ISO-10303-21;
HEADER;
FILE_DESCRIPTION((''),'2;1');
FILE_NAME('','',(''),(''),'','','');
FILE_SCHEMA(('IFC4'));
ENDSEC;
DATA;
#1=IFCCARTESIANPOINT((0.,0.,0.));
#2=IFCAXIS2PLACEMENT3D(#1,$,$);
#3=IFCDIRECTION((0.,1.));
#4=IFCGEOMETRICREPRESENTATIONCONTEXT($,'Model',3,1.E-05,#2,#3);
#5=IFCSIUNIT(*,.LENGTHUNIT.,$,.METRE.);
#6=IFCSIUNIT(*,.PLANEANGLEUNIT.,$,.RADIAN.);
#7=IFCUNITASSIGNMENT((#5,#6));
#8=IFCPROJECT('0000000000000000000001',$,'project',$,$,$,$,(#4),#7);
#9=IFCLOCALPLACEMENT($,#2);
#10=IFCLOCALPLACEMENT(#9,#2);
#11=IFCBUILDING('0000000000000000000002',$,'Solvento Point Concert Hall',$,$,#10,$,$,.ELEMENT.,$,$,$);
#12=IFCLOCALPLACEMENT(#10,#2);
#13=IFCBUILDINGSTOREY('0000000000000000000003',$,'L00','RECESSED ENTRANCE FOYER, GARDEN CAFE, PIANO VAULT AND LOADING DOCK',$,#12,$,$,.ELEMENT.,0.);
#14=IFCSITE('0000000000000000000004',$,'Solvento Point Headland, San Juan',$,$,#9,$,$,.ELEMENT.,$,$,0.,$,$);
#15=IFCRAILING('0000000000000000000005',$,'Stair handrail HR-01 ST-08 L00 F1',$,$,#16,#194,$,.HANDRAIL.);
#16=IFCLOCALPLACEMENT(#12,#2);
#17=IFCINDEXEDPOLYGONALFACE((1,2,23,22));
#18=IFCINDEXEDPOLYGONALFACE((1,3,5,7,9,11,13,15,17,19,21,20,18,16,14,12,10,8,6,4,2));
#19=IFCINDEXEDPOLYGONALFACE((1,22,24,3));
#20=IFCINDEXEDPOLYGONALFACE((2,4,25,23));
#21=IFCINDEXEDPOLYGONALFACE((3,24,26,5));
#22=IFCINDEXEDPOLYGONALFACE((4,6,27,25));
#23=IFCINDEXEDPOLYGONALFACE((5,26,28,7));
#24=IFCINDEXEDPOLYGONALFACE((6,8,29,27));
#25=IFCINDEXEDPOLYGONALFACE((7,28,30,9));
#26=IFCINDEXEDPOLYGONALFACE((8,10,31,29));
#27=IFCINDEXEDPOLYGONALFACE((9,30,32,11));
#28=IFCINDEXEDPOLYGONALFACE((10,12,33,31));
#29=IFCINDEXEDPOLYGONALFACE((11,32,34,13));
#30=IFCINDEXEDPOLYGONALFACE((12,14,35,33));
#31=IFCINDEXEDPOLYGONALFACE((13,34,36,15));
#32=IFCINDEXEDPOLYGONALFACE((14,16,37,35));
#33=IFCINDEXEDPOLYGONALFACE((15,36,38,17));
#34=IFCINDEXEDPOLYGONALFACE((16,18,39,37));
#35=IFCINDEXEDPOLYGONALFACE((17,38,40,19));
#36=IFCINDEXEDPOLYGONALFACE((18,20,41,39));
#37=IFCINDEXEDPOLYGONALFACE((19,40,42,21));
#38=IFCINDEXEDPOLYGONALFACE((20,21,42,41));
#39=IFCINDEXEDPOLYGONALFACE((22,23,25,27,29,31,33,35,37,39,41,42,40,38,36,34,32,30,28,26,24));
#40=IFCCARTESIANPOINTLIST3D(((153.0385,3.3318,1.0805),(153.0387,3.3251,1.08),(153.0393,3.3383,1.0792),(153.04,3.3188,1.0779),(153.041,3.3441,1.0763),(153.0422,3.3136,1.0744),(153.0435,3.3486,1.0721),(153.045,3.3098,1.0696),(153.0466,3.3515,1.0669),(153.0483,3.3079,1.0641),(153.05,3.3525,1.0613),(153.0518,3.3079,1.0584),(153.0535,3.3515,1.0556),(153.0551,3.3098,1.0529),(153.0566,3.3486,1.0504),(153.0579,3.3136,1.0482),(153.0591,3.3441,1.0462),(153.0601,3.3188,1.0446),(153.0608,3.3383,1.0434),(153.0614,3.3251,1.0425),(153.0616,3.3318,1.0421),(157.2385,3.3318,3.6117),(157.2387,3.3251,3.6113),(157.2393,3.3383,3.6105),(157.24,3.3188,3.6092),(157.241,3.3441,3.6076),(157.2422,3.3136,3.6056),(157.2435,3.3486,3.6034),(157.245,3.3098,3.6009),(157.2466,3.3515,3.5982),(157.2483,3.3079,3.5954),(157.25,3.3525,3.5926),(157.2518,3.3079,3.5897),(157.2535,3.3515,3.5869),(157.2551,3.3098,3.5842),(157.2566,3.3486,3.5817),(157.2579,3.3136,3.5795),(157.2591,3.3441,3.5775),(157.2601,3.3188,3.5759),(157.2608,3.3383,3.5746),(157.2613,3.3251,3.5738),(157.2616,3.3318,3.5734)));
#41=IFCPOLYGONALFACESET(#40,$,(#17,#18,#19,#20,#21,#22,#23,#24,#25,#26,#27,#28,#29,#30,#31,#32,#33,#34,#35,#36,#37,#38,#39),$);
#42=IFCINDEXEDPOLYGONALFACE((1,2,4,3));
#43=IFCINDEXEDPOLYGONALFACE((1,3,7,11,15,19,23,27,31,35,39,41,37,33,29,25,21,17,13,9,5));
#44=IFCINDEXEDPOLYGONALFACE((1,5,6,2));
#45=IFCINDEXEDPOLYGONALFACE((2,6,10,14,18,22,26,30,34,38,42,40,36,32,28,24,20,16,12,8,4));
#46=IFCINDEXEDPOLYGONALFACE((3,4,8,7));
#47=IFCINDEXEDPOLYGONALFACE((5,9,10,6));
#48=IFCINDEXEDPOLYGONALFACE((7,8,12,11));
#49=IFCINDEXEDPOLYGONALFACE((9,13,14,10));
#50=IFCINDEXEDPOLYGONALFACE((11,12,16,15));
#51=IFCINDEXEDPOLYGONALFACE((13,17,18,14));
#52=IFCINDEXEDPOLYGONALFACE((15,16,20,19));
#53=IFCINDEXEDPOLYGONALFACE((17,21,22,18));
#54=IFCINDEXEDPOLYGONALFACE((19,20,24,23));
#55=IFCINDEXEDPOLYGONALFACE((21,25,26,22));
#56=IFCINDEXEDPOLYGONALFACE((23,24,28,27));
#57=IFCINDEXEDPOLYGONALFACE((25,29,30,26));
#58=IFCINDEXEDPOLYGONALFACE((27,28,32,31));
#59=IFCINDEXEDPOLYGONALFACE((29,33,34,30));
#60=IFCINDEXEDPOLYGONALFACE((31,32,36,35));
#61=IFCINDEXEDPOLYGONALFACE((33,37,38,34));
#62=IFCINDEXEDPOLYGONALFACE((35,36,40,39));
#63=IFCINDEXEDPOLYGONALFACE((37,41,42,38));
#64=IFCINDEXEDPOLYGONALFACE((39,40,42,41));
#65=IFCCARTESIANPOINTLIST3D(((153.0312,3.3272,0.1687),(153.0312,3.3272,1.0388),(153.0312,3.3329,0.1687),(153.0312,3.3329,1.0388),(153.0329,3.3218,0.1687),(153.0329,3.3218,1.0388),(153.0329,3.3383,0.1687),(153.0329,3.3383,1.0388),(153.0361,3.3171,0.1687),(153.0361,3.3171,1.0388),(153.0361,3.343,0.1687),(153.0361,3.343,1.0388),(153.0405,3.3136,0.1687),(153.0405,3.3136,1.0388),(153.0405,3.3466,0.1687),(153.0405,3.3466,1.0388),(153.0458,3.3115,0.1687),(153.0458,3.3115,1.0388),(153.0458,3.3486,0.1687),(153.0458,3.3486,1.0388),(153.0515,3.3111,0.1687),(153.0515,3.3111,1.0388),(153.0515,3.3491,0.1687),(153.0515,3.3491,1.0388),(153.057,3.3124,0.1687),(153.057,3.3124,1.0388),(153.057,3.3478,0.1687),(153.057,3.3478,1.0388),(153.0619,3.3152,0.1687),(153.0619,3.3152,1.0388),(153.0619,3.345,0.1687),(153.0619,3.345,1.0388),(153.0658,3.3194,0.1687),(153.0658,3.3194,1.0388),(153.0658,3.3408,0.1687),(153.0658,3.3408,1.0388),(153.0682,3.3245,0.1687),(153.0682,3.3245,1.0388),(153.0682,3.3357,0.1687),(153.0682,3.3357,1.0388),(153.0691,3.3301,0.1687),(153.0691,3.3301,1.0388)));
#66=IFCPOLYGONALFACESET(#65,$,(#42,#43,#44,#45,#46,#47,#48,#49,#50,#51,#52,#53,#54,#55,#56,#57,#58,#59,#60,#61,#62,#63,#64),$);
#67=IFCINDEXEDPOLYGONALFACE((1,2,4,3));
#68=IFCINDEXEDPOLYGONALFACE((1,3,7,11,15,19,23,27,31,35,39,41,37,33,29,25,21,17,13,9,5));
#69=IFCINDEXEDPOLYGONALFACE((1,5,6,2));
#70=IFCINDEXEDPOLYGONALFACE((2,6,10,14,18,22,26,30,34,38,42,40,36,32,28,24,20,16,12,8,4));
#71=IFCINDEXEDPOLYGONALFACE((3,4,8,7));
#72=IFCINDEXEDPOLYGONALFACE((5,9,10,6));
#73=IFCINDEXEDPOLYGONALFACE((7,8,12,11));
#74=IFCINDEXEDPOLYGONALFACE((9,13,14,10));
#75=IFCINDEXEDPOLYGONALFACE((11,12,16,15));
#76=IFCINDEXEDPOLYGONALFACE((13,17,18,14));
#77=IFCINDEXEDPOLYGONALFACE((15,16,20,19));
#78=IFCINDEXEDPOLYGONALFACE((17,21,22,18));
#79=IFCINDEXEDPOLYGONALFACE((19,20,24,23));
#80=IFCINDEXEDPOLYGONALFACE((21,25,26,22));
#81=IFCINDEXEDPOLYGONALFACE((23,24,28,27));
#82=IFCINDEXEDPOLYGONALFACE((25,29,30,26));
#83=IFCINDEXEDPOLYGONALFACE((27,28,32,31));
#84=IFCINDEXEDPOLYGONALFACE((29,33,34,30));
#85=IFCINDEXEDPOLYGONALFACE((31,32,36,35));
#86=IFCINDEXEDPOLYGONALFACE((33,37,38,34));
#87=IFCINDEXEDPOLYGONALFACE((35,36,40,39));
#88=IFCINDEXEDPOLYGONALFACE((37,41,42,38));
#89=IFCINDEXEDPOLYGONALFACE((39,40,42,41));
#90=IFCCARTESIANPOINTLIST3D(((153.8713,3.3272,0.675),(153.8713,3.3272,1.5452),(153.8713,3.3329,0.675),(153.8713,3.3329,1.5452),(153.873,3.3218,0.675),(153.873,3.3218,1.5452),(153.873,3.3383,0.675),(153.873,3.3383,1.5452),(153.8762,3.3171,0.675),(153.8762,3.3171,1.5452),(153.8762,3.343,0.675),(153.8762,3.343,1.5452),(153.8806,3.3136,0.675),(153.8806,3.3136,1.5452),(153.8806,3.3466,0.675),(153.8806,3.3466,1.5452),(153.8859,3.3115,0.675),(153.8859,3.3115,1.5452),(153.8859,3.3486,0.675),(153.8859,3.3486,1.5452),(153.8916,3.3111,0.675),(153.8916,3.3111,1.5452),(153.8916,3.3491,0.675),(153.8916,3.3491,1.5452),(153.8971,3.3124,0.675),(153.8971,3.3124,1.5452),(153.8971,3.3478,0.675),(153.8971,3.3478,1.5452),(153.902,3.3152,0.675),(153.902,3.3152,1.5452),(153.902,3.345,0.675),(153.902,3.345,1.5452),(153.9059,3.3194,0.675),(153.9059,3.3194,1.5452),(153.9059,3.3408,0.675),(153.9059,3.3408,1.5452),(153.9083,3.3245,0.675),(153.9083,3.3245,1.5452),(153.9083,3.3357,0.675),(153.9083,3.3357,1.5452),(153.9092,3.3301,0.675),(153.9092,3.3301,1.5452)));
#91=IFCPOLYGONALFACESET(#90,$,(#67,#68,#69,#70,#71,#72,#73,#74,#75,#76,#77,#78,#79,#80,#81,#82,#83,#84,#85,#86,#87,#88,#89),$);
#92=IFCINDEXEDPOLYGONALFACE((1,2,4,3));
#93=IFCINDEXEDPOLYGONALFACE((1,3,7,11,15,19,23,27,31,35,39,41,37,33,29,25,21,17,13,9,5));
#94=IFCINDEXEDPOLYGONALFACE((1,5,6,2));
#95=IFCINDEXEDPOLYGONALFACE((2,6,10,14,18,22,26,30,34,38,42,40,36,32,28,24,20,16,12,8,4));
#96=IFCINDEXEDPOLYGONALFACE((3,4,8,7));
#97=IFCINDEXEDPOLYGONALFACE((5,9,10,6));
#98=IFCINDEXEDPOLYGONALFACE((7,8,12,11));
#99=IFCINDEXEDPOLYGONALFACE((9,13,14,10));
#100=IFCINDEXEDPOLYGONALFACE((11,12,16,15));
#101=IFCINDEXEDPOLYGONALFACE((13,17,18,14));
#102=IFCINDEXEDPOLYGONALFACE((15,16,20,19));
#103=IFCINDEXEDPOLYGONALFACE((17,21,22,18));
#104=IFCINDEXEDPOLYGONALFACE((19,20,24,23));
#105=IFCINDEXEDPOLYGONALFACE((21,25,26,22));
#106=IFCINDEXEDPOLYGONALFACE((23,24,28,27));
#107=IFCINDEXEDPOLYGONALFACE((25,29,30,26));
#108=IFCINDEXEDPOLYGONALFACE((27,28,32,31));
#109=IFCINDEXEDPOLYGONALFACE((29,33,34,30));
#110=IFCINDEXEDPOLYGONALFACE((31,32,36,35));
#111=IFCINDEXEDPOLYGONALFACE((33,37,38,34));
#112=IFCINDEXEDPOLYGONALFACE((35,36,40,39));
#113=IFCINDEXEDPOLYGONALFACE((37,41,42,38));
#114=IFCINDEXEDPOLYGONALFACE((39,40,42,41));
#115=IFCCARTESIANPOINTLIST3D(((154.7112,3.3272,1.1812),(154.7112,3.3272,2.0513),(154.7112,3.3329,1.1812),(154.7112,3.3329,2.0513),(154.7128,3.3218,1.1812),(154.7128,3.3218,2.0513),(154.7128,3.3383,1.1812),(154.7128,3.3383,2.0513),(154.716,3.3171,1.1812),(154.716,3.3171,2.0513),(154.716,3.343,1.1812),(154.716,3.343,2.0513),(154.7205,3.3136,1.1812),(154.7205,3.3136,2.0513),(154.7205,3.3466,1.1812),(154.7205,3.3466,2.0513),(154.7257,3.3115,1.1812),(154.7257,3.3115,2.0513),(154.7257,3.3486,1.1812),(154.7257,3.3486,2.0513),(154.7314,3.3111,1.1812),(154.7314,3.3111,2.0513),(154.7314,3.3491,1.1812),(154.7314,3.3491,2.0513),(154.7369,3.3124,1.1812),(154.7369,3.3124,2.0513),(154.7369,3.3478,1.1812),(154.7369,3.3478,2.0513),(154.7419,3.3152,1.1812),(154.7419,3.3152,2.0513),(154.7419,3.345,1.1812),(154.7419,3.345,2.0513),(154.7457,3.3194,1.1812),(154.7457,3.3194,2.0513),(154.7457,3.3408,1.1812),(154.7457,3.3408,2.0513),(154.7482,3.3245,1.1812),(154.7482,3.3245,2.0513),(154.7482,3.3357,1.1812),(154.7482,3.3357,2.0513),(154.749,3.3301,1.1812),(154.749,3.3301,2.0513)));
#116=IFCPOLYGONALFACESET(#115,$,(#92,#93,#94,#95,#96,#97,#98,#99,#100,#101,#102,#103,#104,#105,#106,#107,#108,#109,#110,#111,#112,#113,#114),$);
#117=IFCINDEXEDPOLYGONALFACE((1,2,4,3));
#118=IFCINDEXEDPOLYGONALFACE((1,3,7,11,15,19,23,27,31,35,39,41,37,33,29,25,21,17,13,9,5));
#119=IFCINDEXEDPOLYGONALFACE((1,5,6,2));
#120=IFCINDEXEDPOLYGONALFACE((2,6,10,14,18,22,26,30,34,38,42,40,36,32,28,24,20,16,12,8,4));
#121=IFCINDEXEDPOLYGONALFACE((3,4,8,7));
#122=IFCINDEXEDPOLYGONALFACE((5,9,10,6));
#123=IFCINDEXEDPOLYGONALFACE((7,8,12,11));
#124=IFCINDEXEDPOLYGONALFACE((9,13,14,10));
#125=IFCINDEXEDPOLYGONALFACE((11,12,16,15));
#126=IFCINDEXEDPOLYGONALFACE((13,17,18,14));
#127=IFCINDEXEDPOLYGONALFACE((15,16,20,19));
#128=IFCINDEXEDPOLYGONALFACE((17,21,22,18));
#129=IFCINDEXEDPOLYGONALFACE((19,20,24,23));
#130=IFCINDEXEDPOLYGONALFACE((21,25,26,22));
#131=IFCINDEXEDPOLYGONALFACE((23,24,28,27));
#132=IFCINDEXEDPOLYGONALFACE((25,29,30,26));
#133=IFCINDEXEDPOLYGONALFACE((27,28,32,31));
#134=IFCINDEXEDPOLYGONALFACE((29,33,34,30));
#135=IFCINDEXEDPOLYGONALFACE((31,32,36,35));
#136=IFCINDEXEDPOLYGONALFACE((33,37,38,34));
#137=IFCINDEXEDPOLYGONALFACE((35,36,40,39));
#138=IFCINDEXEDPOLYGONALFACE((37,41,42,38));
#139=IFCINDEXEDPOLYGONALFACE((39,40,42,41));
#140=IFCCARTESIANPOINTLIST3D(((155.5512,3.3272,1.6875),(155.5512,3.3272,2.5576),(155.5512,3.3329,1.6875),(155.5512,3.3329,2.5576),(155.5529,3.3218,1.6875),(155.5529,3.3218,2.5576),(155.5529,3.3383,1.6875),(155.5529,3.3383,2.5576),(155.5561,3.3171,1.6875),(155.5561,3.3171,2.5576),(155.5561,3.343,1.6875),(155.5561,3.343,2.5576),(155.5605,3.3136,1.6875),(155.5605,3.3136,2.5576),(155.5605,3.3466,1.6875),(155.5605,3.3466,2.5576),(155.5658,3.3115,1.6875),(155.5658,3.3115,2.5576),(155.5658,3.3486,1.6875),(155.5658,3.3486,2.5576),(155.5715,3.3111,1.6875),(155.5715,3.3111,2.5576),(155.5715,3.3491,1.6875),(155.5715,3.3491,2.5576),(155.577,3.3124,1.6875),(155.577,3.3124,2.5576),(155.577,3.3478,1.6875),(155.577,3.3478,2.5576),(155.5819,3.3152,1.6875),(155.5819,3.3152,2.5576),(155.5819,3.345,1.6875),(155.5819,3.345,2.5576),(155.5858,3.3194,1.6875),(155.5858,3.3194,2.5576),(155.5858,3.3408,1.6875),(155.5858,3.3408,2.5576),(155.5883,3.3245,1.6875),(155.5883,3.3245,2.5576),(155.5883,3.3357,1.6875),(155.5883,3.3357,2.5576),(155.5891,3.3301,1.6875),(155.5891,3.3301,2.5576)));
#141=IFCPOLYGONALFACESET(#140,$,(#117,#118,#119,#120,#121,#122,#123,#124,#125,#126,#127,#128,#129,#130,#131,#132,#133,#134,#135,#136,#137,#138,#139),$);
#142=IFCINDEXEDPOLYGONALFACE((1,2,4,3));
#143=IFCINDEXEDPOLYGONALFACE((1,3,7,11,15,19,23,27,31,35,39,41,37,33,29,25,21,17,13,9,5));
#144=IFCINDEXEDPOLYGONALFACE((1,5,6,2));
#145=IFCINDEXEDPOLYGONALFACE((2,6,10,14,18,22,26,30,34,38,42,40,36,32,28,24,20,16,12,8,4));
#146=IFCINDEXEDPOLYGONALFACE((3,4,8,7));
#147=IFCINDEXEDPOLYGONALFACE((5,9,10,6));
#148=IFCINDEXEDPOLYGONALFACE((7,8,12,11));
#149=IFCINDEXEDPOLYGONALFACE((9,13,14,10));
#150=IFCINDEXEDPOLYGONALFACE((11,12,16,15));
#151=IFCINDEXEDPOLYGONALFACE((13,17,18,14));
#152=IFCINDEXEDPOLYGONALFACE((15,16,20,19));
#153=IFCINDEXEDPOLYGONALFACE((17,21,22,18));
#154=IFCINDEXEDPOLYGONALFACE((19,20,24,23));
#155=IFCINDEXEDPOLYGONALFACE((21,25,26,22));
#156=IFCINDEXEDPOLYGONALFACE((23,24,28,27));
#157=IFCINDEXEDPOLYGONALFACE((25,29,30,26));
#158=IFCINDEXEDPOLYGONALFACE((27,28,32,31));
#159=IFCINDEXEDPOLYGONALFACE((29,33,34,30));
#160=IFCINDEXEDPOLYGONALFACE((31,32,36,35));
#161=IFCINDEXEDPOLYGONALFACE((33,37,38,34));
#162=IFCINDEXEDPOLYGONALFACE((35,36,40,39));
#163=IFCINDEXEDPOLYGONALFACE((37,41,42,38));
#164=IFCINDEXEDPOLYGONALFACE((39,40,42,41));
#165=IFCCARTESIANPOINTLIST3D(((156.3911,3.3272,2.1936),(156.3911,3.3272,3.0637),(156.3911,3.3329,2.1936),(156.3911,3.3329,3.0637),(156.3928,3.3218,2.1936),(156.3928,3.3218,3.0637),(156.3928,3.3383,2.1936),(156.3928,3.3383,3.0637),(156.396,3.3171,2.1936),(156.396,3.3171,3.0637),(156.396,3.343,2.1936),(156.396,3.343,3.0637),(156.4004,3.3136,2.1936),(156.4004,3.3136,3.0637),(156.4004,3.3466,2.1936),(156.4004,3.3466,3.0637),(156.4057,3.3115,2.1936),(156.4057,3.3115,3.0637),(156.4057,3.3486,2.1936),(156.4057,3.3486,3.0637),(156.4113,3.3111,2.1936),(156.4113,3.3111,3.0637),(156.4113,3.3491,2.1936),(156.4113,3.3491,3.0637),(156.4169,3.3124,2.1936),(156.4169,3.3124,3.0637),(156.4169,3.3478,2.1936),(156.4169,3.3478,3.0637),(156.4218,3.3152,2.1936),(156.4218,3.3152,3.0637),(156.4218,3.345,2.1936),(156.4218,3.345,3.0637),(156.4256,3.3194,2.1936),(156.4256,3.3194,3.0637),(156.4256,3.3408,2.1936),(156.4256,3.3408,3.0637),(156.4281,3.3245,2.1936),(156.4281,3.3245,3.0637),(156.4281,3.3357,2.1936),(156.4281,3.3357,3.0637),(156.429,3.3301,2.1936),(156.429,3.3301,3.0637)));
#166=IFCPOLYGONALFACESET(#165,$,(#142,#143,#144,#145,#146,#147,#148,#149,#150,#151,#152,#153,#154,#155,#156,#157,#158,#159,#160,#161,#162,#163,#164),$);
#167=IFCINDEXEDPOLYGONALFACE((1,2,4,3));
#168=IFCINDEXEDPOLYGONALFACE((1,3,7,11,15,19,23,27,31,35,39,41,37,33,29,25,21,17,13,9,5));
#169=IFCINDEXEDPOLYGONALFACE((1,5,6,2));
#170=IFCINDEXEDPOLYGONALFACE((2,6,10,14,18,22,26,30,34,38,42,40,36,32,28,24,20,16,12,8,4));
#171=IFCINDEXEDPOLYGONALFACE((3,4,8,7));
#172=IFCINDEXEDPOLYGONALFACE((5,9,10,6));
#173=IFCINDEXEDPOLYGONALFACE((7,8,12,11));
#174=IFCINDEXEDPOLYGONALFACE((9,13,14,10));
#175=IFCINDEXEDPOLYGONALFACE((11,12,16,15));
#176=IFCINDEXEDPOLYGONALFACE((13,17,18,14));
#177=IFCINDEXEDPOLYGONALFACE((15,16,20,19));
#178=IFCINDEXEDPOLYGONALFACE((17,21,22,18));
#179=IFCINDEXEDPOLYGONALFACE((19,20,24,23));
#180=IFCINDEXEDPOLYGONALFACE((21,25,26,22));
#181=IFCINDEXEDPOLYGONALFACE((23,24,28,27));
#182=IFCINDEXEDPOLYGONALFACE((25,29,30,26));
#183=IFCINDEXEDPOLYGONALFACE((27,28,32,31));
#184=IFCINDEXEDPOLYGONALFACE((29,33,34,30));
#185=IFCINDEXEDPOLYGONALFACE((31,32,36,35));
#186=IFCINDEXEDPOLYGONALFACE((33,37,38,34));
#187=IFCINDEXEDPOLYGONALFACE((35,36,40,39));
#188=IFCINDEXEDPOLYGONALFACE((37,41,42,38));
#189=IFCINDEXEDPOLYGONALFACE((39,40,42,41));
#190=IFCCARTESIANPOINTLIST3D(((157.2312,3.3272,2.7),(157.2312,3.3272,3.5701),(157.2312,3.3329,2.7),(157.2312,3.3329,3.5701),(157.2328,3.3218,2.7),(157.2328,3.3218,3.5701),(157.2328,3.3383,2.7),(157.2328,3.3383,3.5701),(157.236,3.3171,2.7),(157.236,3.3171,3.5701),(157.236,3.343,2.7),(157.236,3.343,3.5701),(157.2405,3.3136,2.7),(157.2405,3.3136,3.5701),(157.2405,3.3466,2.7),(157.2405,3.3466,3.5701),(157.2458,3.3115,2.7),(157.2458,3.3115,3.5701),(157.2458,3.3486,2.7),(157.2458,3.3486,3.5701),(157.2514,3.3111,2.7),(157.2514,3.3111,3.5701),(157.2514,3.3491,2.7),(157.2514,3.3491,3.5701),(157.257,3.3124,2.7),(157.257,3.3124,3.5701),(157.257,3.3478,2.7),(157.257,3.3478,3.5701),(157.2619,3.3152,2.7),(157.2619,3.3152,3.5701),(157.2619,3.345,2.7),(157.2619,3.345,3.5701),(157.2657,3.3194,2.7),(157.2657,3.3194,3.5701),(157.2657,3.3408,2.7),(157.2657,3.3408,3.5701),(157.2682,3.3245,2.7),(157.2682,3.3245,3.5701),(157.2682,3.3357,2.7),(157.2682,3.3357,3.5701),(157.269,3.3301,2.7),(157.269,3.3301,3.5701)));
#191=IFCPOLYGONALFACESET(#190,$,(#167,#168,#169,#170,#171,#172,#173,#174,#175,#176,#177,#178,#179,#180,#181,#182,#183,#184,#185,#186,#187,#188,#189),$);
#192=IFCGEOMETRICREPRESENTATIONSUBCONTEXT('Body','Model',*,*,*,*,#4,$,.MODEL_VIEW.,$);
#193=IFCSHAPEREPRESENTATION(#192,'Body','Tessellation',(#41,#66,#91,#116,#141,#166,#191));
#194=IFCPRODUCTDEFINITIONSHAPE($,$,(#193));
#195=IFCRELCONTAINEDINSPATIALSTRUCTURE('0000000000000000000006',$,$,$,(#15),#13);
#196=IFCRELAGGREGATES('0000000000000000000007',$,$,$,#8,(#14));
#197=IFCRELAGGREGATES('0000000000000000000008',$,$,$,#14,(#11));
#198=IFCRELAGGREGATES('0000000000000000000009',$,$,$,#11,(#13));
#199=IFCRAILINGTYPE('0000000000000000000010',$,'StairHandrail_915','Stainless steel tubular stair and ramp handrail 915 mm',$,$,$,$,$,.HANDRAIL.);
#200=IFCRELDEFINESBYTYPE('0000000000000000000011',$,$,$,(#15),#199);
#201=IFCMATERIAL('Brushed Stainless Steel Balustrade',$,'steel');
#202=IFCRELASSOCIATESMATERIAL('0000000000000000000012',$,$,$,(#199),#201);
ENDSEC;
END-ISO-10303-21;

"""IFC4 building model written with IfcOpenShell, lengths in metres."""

from ifc_helpers import new_model, si_unit, direction, frame, origin, origin_2d, place, context, subcontext, project, spatial, circle, extrude, material, type_object, element, save


model = new_model("IFC4")

# Units and contexts
model_context = context("Model", 3, precision=1e-05, world=origin(), true_north=direction((0.0, 1.0)))
body_context = subcontext(model_context, "Body", "Model", "MODEL_VIEW")
ifc_project = project(units=[si_unit("LENGTHUNIT", "METRE"), si_unit("PLANEANGLEUNIT", "RADIAN")], contexts=[model_context])

# Site, building, storey
site_placement = place(None, origin())
site = spatial("IfcSite", under=ifc_project, at=site_placement, Name="Solvento Point Headland, San Juan", CompositionType="ELEMENT", RefElevation=0.0)
building_placement = place(site_placement, origin())
building = spatial("IfcBuilding", under=site, at=building_placement, Name="Solvento Point Concert Hall", CompositionType="ELEMENT")
storey_placement = place(building_placement, origin())
storey = spatial("IfcBuildingStorey", under=building, at=storey_placement, Name="L00", Description="RECESSED ENTRANCE FOYER, GARDEN CAFE, PIANO VAULT AND LOADING DOCK", CompositionType="ELEMENT", Elevation=0.0)

# Railing
ifc_material_1 = material(Name="Brushed Stainless Steel Balustrade", Category="steel")
railing_type_1 = type_object("IfcRailingType", Name="StairHandrail_915", Description="Stainless steel tubular stair and ramp handrail 915 mm", PredefinedType="HANDRAIL", material=ifc_material_1)
railing_1_placement = place(storey_placement, frame((153.05, 3.3301, 0.1687)))
element("IfcRailing", 1, at=railing_1_placement, inside=storey, type_object=railing_type_1, Name="Stair handrail HR-01 ST-08 L00 F1", PredefinedType="HANDRAIL", context=body_context, shape_type="SweptSolid", body=[
    extrude(circle(Radius=0.0225, at=origin_2d()), frame((0.0, 0.0, 0.8926), z_axis=(0.856476, 0.0, 0.516186), x_axis=(0.0, 1.0, 0.0)), (0.0, 0.0, 1.0), 4.9038),
    extrude(circle(Radius=0.019, at=origin_2d()), origin(), (0.0, 0.0, 1.0), 0.8701),
    extrude(circle(Radius=0.019, at=origin_2d()), frame((0.8401, 0.0, 0.5063)), (0.0, 0.0, 1.0), 0.8701),
    extrude(circle(Radius=0.019, at=origin_2d()), frame((1.6799, 0.0, 1.0125)), (0.0, 0.0, 1.0), 0.8701),
    extrude(circle(Radius=0.019, at=origin_2d()), frame((2.52, 0.0, 1.5188)), (0.0, 0.0, 1.0), 0.8701),
    extrude(circle(Radius=0.019, at=origin_2d()), frame((3.3599, 0.0, 2.0249)), (0.0, 0.0, 1.0), 0.8701),
    extrude(circle(Radius=0.019, at=origin_2d()), frame((4.2, 0.0, 2.5312)), (0.0, 0.0, 1.0), 0.8701),
])

save(model, "model.ifc")
